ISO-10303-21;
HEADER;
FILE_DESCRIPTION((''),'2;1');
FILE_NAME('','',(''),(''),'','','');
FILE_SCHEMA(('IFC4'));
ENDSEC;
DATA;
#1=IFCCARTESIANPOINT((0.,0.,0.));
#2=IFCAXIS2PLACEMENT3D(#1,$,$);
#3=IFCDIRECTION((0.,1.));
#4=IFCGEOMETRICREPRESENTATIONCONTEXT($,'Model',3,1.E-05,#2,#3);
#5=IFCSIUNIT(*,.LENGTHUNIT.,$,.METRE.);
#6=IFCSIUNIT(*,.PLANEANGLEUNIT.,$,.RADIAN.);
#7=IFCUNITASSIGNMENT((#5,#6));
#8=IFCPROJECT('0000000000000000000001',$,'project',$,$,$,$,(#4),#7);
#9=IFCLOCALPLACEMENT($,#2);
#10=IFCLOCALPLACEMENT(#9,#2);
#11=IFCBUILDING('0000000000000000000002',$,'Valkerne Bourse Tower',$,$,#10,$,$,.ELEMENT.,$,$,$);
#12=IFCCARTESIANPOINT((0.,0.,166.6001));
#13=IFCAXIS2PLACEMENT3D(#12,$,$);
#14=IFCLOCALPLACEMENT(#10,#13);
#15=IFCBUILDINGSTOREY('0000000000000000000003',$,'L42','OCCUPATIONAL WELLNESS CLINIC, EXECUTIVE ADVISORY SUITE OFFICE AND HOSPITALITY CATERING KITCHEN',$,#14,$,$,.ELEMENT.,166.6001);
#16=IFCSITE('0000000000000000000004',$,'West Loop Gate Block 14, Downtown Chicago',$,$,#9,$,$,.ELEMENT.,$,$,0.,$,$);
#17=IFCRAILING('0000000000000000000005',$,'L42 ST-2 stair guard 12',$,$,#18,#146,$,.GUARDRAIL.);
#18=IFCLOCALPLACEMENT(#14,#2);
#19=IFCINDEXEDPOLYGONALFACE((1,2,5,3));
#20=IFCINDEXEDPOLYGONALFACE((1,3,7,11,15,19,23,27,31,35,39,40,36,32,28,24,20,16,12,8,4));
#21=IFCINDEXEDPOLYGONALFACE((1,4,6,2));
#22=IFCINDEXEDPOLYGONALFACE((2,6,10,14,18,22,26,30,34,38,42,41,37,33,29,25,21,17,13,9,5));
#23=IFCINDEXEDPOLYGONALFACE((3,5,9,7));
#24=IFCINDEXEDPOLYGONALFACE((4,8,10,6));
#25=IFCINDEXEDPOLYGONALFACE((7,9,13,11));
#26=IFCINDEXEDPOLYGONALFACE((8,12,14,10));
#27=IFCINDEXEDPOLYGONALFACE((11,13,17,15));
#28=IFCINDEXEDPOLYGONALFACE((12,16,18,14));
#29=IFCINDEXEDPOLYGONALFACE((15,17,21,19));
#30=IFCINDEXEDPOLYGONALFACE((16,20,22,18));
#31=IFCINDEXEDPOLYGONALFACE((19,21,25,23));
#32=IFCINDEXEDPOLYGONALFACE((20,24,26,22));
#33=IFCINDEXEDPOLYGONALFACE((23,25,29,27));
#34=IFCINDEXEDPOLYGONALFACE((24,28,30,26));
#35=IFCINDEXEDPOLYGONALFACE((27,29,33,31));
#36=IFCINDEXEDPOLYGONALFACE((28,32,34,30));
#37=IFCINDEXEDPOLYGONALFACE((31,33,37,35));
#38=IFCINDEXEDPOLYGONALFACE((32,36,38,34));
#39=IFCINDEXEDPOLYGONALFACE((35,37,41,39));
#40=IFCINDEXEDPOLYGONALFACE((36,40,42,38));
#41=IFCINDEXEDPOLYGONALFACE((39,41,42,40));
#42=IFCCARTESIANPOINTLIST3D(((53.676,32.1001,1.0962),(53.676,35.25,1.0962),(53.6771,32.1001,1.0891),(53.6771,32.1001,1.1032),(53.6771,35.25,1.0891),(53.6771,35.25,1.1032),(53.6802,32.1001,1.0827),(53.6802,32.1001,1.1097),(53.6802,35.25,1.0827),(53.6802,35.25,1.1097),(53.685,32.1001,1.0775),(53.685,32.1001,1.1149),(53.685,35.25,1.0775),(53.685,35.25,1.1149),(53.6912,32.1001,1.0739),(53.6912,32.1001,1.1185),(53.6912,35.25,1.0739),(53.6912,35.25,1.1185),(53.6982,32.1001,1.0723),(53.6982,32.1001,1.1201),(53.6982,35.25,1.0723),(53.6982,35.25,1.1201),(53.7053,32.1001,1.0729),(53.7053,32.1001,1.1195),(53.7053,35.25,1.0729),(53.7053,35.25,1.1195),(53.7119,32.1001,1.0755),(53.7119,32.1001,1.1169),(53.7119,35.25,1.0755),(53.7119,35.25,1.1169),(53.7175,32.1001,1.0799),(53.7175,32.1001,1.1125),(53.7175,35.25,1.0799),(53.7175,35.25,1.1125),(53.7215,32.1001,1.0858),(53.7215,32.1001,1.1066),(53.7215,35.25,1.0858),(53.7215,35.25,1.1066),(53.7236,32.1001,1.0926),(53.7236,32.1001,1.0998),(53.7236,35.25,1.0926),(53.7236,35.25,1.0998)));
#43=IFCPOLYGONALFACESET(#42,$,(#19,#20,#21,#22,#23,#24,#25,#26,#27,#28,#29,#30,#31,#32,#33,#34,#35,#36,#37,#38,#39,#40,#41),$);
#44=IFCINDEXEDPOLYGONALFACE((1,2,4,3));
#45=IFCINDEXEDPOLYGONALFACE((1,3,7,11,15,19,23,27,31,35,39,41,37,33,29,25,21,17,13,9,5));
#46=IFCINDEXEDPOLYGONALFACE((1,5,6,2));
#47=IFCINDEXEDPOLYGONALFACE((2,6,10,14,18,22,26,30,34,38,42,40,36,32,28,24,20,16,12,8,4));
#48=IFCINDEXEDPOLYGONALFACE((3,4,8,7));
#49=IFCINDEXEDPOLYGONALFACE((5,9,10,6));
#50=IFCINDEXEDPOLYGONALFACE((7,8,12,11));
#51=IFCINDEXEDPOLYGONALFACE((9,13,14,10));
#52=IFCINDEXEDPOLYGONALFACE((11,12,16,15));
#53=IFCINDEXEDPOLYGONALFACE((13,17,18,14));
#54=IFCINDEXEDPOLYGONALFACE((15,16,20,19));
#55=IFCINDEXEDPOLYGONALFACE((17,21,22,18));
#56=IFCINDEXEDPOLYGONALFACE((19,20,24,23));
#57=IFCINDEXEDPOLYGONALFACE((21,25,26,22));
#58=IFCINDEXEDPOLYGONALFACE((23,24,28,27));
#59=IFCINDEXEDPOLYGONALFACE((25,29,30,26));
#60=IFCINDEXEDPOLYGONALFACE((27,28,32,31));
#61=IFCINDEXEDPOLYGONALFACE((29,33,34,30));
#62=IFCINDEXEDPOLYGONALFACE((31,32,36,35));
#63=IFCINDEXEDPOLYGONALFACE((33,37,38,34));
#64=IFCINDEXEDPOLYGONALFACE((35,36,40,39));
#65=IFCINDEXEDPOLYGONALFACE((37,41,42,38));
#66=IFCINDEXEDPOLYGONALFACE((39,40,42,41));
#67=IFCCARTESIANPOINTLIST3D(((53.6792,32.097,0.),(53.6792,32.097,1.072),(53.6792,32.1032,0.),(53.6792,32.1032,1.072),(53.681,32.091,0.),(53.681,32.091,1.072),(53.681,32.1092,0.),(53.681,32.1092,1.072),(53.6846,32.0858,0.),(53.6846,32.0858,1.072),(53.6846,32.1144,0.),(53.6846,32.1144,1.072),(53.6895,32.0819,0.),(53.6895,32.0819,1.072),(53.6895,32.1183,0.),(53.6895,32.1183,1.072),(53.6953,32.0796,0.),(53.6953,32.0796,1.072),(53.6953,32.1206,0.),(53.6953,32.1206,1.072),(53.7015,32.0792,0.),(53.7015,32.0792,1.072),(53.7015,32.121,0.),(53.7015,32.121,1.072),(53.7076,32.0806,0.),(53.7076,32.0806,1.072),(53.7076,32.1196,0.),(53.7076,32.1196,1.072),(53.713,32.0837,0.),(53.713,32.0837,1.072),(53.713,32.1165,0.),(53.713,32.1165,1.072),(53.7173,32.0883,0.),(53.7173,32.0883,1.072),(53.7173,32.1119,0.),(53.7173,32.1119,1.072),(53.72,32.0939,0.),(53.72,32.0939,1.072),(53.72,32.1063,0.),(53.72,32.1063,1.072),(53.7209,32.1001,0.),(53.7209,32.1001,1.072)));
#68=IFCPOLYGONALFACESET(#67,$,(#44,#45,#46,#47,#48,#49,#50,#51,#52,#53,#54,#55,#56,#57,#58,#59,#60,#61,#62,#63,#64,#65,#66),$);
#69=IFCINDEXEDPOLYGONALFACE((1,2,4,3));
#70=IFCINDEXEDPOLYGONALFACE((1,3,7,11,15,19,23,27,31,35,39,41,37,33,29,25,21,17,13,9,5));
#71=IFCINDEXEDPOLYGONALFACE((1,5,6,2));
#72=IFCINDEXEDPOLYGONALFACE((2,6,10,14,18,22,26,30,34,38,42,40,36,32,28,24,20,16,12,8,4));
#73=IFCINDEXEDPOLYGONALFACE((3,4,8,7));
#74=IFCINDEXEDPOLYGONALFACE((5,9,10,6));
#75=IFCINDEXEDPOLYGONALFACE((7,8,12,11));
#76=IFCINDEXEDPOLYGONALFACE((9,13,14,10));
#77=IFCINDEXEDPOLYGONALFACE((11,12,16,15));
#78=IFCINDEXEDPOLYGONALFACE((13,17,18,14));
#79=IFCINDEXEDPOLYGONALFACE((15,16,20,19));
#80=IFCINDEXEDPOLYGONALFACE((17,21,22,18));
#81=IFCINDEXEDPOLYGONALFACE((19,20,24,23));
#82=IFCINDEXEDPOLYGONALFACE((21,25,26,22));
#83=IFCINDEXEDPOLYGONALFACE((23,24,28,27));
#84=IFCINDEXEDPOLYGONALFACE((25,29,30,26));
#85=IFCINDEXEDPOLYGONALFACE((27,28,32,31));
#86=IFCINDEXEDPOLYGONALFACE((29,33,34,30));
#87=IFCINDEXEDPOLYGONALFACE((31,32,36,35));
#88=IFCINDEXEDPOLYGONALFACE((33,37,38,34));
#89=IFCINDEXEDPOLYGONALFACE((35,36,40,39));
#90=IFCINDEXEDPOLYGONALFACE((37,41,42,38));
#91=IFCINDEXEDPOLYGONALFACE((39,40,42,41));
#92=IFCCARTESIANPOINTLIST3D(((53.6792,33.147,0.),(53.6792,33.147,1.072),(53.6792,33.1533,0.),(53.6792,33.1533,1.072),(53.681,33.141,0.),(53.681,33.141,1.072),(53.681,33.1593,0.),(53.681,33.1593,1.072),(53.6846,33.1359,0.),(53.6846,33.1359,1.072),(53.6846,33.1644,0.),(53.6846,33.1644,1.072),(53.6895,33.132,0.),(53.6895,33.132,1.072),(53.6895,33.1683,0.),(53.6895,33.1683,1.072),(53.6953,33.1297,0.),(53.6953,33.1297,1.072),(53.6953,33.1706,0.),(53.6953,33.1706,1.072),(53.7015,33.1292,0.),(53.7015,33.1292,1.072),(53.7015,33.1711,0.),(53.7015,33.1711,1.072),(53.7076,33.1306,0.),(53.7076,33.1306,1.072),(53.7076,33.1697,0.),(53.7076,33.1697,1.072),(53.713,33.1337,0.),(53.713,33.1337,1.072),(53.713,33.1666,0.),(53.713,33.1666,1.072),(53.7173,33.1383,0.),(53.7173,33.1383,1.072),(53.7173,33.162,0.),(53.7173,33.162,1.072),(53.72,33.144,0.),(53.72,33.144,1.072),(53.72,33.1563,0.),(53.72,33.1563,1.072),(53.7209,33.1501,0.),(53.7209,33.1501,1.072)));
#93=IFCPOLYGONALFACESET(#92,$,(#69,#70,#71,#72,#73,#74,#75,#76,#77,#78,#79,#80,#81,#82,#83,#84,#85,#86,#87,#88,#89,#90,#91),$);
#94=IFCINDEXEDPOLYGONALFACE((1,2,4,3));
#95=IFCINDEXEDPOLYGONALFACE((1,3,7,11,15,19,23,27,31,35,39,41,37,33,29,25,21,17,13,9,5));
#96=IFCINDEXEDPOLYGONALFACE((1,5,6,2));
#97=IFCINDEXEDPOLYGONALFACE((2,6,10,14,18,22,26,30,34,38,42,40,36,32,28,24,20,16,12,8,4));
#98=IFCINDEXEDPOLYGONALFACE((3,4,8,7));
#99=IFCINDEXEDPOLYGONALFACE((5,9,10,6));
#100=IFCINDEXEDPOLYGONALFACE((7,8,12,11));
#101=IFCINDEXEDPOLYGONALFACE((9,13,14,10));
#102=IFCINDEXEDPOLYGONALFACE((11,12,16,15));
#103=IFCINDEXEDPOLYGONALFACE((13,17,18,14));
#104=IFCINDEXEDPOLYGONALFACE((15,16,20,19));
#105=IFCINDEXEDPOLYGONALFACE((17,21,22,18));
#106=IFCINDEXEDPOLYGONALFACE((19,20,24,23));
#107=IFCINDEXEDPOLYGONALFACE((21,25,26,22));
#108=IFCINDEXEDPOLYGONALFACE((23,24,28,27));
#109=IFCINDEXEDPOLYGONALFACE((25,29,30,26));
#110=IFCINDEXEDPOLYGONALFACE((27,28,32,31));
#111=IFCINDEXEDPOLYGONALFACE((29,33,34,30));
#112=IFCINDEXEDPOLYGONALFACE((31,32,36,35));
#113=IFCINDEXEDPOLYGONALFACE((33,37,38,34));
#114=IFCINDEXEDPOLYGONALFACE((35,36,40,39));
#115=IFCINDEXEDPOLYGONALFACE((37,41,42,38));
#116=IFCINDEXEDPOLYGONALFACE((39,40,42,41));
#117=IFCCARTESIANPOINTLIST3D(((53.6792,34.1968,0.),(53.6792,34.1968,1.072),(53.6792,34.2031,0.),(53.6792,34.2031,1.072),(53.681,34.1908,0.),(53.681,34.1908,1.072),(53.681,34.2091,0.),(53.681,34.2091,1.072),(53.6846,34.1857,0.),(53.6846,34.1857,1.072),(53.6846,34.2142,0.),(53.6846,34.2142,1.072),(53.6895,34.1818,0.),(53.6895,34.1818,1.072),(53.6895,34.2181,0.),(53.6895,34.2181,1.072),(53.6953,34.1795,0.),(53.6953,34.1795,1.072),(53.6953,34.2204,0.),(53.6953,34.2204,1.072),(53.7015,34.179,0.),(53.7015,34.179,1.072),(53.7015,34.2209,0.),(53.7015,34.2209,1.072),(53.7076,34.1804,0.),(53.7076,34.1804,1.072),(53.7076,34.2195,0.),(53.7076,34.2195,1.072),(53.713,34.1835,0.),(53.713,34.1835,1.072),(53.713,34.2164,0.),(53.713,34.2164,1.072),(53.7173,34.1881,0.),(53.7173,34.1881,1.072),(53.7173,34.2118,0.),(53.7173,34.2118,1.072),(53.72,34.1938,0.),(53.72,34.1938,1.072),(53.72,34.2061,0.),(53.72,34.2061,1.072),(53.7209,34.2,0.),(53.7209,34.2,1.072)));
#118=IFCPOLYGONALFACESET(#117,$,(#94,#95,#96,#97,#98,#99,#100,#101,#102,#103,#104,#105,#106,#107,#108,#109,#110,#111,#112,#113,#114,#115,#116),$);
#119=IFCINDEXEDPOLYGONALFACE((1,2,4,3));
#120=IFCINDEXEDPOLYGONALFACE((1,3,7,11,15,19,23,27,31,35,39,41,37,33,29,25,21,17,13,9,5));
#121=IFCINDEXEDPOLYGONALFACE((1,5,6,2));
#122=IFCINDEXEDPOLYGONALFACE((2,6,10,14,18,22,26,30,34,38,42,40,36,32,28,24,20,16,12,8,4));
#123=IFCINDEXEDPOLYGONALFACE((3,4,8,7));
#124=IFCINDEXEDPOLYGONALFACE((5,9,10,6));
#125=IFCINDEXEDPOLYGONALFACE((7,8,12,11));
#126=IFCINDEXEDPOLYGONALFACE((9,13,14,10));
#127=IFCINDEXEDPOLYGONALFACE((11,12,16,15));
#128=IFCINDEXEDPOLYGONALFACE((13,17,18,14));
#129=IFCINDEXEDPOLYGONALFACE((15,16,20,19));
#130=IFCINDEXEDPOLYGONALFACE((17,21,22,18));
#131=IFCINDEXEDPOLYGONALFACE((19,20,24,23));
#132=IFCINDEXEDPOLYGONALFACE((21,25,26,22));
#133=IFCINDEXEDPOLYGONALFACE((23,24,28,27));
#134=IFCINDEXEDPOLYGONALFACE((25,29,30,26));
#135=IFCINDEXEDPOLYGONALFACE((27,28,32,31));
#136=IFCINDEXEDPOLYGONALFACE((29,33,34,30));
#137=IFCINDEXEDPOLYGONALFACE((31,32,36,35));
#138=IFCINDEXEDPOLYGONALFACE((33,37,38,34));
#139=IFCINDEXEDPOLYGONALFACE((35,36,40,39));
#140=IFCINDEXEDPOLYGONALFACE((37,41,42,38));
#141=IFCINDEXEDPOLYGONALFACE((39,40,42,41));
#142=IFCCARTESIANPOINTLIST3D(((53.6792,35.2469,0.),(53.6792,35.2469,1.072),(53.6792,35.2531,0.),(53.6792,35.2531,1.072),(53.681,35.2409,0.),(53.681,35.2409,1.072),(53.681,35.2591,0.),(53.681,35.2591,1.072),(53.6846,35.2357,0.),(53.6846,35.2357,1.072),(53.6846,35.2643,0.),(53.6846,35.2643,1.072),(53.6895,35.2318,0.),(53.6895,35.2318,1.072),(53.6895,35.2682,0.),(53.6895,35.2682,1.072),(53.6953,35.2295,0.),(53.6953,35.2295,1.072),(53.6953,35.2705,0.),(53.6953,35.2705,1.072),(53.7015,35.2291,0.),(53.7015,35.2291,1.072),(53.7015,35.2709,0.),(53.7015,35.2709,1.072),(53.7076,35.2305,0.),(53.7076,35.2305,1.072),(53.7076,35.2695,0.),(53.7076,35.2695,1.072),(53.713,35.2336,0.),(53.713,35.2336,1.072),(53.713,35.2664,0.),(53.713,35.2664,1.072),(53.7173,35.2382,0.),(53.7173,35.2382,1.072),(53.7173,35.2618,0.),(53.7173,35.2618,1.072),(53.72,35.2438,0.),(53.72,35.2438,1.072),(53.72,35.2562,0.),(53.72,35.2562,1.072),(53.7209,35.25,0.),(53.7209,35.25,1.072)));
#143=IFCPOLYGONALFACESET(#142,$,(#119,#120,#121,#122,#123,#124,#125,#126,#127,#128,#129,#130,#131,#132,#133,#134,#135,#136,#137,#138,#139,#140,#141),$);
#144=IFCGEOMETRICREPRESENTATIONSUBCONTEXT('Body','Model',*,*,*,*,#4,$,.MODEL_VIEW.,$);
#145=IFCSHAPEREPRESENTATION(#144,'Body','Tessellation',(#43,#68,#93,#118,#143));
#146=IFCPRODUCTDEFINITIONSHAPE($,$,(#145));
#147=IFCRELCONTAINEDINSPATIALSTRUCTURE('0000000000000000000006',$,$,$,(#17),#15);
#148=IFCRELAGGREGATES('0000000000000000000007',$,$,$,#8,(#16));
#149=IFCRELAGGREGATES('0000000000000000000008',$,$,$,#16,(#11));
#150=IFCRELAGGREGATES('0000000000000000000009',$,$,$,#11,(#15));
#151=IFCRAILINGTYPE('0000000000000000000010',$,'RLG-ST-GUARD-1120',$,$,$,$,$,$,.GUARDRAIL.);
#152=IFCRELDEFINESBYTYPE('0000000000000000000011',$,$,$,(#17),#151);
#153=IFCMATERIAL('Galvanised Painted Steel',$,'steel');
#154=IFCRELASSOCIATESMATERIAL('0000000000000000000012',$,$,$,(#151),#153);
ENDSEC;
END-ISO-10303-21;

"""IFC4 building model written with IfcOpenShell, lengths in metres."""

from ifc_helpers import new_model, si_unit, direction, frame, origin, origin_2d, place, context, subcontext, project, spatial, circle, extrude, material, type_object, element, save


model = new_model("IFC4")

# Units and contexts
model_context = context("Model", 3, precision=1e-05, world=origin(), true_north=direction((0.0, 1.0)))
body_context = subcontext(model_context, "Body", "Model", "MODEL_VIEW")
ifc_project = project(units=[si_unit("LENGTHUNIT", "METRE"), si_unit("PLANEANGLEUNIT", "RADIAN")], contexts=[model_context])

# Site, building, storey
site_placement = place(None, origin())
site = spatial("IfcSite", under=ifc_project, at=site_placement, Name="West Loop Gate Block 14, Downtown Chicago", CompositionType="ELEMENT", RefElevation=0.0)
building_placement = place(site_placement, origin())
building = spatial("IfcBuilding", under=site, at=building_placement, Name="Valkerne Bourse Tower", CompositionType="ELEMENT")
storey_placement = place(building_placement, frame((0.0, 0.0, 166.6001)))
storey = spatial("IfcBuildingStorey", under=building, at=storey_placement, Name="L42", Description="OCCUPATIONAL WELLNESS CLINIC, EXECUTIVE ADVISORY SUITE OFFICE AND HOSPITALITY CATERING KITCHEN", CompositionType="ELEMENT", Elevation=166.6001)

# Railing
ifc_material_1 = material(Name="Galvanised Painted Steel", Category="steel")
railing_type = type_object("IfcRailingType", Name="RLG-ST-GUARD-1120", PredefinedType="GUARDRAIL", material=ifc_material_1)
railing_1_placement = place(storey_placement, frame((53.7, 32.1001, 0.0)))
element("IfcRailing", 1, at=railing_1_placement, inside=storey, type_object=railing_type, Name="L42 ST-2 stair guard 12", PredefinedType="GUARDRAIL", context=body_context, shape_type="SweptSolid", body=[
    extrude(circle(Radius=0.0239, at=origin_2d()), frame((0.0, 0.0, 1.0962), z_axis=(0.0, 1.0, 0.0), x_axis=(-1.0, 0.0, 0.0)), (0.0, 0.0, 1.0), 3.1499),
    extrude(circle(Radius=0.021, at=origin_2d()), origin(), (0.0, 0.0, 1.0), 1.072),
    extrude(circle(Radius=0.021, at=origin_2d()), frame((0.0, 1.05, 0.0)), (0.0, 0.0, 1.0), 1.072),
    extrude(circle(Radius=0.021, at=origin_2d()), frame((0.0, 2.0999, 0.0)), (0.0, 0.0, 1.0), 1.072),
    extrude(circle(Radius=0.021, at=origin_2d()), frame((0.0, 3.1499, 0.0)), (0.0, 0.0, 1.0), 1.072),
])

save(model, "model.ifc")
